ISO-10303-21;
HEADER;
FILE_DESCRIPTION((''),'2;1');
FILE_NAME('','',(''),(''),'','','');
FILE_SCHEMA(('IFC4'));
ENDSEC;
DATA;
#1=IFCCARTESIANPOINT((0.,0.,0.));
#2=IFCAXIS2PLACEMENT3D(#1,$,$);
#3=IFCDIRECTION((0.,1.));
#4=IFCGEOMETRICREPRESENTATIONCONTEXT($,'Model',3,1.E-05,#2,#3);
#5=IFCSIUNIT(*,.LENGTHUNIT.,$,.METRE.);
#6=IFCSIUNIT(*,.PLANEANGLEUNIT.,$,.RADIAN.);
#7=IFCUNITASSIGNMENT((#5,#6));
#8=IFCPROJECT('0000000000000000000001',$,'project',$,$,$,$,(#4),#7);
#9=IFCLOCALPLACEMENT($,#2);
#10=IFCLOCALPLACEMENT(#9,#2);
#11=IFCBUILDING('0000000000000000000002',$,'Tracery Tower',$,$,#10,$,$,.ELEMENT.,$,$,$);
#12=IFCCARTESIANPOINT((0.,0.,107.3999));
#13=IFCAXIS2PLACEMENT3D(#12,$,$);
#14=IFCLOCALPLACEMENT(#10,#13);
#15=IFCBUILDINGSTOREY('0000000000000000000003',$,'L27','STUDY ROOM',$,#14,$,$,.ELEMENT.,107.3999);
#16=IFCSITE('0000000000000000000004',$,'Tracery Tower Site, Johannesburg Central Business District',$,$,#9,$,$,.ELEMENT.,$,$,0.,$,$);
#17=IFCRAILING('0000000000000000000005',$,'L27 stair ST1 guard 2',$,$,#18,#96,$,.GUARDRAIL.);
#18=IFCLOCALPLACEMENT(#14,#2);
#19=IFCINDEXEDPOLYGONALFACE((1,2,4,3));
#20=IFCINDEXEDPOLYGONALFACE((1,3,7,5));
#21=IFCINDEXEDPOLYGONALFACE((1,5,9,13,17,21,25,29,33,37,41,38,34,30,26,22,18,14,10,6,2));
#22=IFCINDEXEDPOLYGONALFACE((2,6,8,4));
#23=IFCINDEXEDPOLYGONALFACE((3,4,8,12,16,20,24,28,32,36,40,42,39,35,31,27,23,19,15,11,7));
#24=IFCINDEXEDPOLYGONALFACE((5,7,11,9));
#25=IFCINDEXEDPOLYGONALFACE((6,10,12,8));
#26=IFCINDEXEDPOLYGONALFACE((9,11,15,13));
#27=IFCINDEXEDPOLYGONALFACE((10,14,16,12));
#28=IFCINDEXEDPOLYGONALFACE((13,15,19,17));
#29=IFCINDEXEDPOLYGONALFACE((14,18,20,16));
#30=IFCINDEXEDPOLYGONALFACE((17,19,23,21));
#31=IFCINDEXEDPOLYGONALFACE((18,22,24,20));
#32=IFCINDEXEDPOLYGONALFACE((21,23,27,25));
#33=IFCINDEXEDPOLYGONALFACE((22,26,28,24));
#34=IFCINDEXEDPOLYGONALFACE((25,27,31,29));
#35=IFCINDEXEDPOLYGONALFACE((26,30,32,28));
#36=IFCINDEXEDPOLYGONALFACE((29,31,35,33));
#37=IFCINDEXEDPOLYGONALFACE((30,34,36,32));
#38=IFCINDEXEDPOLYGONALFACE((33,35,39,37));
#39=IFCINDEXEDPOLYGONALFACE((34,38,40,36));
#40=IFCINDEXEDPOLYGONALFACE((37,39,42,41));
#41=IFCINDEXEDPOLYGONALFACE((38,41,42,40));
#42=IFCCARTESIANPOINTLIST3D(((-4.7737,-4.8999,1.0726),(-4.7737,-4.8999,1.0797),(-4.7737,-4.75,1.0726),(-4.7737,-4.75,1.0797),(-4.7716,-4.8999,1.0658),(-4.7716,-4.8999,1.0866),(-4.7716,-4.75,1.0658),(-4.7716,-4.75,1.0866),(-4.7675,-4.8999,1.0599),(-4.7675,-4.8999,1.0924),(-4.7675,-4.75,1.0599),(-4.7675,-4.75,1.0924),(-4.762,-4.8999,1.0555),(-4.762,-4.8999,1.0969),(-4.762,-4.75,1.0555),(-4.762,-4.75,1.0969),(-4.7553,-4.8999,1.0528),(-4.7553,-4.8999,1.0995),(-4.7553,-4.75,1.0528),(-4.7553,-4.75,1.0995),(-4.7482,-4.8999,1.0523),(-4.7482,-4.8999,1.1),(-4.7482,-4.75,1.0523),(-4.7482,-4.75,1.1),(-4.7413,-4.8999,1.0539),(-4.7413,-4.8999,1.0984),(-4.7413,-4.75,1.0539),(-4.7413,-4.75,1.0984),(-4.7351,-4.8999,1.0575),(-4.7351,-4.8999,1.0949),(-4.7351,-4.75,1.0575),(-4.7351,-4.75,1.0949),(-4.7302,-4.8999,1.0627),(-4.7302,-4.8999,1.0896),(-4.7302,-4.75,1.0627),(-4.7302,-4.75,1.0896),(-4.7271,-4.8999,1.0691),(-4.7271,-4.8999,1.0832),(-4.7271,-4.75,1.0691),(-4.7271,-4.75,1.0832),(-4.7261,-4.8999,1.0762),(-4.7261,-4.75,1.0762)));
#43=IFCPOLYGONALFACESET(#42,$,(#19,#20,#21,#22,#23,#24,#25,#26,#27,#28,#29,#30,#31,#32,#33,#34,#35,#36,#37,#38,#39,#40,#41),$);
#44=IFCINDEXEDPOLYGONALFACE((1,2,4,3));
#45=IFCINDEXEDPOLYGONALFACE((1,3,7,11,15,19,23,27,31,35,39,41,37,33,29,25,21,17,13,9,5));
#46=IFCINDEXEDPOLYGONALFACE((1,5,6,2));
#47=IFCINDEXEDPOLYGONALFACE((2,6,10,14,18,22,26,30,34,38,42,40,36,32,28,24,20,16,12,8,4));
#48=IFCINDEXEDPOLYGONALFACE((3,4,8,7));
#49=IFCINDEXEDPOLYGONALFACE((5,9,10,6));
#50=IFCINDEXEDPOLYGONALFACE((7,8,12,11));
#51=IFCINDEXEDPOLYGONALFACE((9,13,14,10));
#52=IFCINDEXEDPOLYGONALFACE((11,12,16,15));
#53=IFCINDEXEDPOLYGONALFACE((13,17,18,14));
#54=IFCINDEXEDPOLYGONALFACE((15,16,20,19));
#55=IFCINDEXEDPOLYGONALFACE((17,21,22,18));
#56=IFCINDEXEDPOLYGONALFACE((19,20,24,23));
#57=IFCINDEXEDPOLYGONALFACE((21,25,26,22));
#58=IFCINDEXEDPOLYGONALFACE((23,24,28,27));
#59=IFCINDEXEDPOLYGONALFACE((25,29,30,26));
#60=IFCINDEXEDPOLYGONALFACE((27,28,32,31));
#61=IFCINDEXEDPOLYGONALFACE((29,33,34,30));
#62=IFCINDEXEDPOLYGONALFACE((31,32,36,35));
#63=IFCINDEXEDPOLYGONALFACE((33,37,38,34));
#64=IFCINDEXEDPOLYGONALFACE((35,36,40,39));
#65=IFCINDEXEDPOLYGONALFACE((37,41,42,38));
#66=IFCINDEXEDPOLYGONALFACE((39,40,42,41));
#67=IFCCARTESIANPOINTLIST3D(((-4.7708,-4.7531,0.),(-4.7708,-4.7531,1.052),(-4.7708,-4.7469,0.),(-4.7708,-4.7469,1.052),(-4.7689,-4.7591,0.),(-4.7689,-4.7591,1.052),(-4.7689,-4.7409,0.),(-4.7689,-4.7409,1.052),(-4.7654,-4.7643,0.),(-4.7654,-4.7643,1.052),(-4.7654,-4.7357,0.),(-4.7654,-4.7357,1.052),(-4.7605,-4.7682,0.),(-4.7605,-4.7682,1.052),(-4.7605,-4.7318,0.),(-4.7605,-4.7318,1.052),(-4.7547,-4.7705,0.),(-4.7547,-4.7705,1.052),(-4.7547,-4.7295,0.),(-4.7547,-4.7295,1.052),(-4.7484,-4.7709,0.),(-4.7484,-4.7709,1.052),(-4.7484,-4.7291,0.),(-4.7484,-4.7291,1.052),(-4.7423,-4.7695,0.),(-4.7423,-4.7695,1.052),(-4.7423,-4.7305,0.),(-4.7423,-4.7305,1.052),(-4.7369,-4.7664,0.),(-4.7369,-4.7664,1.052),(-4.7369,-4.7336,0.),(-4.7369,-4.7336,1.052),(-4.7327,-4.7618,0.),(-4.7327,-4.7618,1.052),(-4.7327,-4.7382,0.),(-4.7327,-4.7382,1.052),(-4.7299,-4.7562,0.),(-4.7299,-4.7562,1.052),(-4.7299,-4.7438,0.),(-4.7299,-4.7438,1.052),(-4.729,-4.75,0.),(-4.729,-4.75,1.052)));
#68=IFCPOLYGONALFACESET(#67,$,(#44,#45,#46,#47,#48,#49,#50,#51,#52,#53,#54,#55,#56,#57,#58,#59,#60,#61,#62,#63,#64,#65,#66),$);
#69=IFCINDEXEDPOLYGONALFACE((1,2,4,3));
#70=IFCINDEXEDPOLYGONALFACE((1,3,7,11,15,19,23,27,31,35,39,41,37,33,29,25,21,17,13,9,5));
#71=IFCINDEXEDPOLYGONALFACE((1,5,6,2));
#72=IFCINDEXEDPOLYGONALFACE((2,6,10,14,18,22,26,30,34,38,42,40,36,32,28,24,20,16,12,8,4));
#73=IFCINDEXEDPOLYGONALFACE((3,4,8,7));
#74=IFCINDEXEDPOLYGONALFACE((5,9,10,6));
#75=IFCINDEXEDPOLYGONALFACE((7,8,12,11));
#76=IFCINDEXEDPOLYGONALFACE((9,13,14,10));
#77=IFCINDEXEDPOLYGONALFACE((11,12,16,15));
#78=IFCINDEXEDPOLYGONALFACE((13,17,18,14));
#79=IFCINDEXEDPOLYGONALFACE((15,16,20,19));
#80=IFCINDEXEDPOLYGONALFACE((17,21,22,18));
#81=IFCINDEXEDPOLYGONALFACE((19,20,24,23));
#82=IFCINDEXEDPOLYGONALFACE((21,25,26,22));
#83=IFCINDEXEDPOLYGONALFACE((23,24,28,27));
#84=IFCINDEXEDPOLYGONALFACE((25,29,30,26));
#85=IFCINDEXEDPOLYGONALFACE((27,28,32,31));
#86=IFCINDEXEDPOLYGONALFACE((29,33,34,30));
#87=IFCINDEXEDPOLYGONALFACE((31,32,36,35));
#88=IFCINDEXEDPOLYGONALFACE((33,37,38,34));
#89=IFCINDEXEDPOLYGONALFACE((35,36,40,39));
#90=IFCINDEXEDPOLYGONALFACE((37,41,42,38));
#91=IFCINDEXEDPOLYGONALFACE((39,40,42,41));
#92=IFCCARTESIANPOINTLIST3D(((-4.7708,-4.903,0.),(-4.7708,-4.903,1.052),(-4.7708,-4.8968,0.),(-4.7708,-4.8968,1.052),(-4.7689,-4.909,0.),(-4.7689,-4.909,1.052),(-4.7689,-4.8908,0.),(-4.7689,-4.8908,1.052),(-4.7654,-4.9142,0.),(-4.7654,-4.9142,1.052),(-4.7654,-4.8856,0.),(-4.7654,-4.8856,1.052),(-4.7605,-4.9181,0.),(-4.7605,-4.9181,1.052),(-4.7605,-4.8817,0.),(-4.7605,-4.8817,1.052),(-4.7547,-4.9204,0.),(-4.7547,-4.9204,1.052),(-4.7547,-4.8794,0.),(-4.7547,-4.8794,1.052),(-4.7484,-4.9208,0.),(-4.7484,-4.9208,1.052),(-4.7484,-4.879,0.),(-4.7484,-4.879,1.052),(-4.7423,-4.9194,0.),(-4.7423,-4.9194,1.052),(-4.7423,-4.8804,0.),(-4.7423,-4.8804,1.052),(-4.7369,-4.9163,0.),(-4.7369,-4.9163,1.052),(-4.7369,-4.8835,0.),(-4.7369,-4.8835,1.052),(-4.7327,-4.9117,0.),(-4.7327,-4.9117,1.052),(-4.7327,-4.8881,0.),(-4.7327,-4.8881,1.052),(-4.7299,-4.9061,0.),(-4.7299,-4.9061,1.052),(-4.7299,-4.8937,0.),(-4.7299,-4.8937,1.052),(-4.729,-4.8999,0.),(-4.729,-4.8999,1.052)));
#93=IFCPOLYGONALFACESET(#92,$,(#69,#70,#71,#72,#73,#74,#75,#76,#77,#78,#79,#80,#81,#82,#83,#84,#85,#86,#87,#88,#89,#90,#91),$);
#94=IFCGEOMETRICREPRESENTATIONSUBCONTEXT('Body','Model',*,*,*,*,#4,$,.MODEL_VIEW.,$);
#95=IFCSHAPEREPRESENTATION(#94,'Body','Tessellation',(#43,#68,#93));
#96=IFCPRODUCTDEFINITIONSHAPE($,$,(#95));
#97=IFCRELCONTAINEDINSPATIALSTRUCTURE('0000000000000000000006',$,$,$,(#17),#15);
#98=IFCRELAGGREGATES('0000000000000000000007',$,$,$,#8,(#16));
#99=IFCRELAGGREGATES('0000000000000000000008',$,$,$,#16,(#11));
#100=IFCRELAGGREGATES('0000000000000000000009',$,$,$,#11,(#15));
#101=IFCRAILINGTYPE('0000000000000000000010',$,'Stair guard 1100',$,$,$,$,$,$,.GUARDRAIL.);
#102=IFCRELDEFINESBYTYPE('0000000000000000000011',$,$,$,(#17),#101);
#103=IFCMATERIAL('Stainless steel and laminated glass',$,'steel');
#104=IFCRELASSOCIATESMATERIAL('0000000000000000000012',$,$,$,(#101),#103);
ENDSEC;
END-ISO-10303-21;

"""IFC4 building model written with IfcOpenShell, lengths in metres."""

from ifc_helpers import new_model, si_unit, direction, frame, origin, origin_2d, place, context, subcontext, project, spatial, circle, extrude, material, type_object, element, save


model = new_model("IFC4")

# Units and contexts
model_context = context("Model", 3, precision=1e-05, world=origin(), true_north=direction((0.0, 1.0)))
body_context = subcontext(model_context, "Body", "Model", "MODEL_VIEW")
ifc_project = project(units=[si_unit("LENGTHUNIT", "METRE"), si_unit("PLANEANGLEUNIT", "RADIAN")], contexts=[model_context])

# Site, building, storey
site_placement = place(None, origin())
site = spatial("IfcSite", under=ifc_project, at=site_placement, Name="Tracery Tower Site, Johannesburg Central Business District", CompositionType="ELEMENT", RefElevation=0.0)
building_placement = place(site_placement, origin())
building = spatial("IfcBuilding", under=site, at=building_placement, Name="Tracery Tower", CompositionType="ELEMENT")
storey_placement = place(building_placement, frame((0.0, 0.0, 107.3999)))
storey = spatial("IfcBuildingStorey", under=building, at=storey_placement, Name="L27", Description="STUDY ROOM", CompositionType="ELEMENT", Elevation=107.3999)

# Railing
ifc_material_1 = material(Name="Stainless steel and laminated glass", Category="steel")
railing_type_1 = type_object("IfcRailingType", Name="Stair guard 1100", PredefinedType="GUARDRAIL", material=ifc_material_1)
railing_1_placement = place(storey_placement, frame((-4.75, -4.75, 0.0)))
element("IfcRailing", 1, at=railing_1_placement, inside=storey, type_object=railing_type_1, Name="L27 stair ST1 guard 2", PredefinedType="GUARDRAIL", context=body_context, shape_type="SweptSolid", body=[
    extrude(circle(Radius=0.0239, at=origin_2d()), frame((0.0, 0.0, 1.0762), z_axis=(0.0, -1.0, 0.0), x_axis=(1.0, 0.0, 0.0)), (0.0, 0.0, 1.0), 0.1499),
    extrude(circle(Radius=0.021, at=origin_2d()), origin(), (0.0, 0.0, 1.0), 1.052),
    extrude(circle(Radius=0.021, at=origin_2d()), frame((0.0, -0.1499, 0.0)), (0.0, 0.0, 1.0), 1.052),
])

save(model, "model.ifc")
